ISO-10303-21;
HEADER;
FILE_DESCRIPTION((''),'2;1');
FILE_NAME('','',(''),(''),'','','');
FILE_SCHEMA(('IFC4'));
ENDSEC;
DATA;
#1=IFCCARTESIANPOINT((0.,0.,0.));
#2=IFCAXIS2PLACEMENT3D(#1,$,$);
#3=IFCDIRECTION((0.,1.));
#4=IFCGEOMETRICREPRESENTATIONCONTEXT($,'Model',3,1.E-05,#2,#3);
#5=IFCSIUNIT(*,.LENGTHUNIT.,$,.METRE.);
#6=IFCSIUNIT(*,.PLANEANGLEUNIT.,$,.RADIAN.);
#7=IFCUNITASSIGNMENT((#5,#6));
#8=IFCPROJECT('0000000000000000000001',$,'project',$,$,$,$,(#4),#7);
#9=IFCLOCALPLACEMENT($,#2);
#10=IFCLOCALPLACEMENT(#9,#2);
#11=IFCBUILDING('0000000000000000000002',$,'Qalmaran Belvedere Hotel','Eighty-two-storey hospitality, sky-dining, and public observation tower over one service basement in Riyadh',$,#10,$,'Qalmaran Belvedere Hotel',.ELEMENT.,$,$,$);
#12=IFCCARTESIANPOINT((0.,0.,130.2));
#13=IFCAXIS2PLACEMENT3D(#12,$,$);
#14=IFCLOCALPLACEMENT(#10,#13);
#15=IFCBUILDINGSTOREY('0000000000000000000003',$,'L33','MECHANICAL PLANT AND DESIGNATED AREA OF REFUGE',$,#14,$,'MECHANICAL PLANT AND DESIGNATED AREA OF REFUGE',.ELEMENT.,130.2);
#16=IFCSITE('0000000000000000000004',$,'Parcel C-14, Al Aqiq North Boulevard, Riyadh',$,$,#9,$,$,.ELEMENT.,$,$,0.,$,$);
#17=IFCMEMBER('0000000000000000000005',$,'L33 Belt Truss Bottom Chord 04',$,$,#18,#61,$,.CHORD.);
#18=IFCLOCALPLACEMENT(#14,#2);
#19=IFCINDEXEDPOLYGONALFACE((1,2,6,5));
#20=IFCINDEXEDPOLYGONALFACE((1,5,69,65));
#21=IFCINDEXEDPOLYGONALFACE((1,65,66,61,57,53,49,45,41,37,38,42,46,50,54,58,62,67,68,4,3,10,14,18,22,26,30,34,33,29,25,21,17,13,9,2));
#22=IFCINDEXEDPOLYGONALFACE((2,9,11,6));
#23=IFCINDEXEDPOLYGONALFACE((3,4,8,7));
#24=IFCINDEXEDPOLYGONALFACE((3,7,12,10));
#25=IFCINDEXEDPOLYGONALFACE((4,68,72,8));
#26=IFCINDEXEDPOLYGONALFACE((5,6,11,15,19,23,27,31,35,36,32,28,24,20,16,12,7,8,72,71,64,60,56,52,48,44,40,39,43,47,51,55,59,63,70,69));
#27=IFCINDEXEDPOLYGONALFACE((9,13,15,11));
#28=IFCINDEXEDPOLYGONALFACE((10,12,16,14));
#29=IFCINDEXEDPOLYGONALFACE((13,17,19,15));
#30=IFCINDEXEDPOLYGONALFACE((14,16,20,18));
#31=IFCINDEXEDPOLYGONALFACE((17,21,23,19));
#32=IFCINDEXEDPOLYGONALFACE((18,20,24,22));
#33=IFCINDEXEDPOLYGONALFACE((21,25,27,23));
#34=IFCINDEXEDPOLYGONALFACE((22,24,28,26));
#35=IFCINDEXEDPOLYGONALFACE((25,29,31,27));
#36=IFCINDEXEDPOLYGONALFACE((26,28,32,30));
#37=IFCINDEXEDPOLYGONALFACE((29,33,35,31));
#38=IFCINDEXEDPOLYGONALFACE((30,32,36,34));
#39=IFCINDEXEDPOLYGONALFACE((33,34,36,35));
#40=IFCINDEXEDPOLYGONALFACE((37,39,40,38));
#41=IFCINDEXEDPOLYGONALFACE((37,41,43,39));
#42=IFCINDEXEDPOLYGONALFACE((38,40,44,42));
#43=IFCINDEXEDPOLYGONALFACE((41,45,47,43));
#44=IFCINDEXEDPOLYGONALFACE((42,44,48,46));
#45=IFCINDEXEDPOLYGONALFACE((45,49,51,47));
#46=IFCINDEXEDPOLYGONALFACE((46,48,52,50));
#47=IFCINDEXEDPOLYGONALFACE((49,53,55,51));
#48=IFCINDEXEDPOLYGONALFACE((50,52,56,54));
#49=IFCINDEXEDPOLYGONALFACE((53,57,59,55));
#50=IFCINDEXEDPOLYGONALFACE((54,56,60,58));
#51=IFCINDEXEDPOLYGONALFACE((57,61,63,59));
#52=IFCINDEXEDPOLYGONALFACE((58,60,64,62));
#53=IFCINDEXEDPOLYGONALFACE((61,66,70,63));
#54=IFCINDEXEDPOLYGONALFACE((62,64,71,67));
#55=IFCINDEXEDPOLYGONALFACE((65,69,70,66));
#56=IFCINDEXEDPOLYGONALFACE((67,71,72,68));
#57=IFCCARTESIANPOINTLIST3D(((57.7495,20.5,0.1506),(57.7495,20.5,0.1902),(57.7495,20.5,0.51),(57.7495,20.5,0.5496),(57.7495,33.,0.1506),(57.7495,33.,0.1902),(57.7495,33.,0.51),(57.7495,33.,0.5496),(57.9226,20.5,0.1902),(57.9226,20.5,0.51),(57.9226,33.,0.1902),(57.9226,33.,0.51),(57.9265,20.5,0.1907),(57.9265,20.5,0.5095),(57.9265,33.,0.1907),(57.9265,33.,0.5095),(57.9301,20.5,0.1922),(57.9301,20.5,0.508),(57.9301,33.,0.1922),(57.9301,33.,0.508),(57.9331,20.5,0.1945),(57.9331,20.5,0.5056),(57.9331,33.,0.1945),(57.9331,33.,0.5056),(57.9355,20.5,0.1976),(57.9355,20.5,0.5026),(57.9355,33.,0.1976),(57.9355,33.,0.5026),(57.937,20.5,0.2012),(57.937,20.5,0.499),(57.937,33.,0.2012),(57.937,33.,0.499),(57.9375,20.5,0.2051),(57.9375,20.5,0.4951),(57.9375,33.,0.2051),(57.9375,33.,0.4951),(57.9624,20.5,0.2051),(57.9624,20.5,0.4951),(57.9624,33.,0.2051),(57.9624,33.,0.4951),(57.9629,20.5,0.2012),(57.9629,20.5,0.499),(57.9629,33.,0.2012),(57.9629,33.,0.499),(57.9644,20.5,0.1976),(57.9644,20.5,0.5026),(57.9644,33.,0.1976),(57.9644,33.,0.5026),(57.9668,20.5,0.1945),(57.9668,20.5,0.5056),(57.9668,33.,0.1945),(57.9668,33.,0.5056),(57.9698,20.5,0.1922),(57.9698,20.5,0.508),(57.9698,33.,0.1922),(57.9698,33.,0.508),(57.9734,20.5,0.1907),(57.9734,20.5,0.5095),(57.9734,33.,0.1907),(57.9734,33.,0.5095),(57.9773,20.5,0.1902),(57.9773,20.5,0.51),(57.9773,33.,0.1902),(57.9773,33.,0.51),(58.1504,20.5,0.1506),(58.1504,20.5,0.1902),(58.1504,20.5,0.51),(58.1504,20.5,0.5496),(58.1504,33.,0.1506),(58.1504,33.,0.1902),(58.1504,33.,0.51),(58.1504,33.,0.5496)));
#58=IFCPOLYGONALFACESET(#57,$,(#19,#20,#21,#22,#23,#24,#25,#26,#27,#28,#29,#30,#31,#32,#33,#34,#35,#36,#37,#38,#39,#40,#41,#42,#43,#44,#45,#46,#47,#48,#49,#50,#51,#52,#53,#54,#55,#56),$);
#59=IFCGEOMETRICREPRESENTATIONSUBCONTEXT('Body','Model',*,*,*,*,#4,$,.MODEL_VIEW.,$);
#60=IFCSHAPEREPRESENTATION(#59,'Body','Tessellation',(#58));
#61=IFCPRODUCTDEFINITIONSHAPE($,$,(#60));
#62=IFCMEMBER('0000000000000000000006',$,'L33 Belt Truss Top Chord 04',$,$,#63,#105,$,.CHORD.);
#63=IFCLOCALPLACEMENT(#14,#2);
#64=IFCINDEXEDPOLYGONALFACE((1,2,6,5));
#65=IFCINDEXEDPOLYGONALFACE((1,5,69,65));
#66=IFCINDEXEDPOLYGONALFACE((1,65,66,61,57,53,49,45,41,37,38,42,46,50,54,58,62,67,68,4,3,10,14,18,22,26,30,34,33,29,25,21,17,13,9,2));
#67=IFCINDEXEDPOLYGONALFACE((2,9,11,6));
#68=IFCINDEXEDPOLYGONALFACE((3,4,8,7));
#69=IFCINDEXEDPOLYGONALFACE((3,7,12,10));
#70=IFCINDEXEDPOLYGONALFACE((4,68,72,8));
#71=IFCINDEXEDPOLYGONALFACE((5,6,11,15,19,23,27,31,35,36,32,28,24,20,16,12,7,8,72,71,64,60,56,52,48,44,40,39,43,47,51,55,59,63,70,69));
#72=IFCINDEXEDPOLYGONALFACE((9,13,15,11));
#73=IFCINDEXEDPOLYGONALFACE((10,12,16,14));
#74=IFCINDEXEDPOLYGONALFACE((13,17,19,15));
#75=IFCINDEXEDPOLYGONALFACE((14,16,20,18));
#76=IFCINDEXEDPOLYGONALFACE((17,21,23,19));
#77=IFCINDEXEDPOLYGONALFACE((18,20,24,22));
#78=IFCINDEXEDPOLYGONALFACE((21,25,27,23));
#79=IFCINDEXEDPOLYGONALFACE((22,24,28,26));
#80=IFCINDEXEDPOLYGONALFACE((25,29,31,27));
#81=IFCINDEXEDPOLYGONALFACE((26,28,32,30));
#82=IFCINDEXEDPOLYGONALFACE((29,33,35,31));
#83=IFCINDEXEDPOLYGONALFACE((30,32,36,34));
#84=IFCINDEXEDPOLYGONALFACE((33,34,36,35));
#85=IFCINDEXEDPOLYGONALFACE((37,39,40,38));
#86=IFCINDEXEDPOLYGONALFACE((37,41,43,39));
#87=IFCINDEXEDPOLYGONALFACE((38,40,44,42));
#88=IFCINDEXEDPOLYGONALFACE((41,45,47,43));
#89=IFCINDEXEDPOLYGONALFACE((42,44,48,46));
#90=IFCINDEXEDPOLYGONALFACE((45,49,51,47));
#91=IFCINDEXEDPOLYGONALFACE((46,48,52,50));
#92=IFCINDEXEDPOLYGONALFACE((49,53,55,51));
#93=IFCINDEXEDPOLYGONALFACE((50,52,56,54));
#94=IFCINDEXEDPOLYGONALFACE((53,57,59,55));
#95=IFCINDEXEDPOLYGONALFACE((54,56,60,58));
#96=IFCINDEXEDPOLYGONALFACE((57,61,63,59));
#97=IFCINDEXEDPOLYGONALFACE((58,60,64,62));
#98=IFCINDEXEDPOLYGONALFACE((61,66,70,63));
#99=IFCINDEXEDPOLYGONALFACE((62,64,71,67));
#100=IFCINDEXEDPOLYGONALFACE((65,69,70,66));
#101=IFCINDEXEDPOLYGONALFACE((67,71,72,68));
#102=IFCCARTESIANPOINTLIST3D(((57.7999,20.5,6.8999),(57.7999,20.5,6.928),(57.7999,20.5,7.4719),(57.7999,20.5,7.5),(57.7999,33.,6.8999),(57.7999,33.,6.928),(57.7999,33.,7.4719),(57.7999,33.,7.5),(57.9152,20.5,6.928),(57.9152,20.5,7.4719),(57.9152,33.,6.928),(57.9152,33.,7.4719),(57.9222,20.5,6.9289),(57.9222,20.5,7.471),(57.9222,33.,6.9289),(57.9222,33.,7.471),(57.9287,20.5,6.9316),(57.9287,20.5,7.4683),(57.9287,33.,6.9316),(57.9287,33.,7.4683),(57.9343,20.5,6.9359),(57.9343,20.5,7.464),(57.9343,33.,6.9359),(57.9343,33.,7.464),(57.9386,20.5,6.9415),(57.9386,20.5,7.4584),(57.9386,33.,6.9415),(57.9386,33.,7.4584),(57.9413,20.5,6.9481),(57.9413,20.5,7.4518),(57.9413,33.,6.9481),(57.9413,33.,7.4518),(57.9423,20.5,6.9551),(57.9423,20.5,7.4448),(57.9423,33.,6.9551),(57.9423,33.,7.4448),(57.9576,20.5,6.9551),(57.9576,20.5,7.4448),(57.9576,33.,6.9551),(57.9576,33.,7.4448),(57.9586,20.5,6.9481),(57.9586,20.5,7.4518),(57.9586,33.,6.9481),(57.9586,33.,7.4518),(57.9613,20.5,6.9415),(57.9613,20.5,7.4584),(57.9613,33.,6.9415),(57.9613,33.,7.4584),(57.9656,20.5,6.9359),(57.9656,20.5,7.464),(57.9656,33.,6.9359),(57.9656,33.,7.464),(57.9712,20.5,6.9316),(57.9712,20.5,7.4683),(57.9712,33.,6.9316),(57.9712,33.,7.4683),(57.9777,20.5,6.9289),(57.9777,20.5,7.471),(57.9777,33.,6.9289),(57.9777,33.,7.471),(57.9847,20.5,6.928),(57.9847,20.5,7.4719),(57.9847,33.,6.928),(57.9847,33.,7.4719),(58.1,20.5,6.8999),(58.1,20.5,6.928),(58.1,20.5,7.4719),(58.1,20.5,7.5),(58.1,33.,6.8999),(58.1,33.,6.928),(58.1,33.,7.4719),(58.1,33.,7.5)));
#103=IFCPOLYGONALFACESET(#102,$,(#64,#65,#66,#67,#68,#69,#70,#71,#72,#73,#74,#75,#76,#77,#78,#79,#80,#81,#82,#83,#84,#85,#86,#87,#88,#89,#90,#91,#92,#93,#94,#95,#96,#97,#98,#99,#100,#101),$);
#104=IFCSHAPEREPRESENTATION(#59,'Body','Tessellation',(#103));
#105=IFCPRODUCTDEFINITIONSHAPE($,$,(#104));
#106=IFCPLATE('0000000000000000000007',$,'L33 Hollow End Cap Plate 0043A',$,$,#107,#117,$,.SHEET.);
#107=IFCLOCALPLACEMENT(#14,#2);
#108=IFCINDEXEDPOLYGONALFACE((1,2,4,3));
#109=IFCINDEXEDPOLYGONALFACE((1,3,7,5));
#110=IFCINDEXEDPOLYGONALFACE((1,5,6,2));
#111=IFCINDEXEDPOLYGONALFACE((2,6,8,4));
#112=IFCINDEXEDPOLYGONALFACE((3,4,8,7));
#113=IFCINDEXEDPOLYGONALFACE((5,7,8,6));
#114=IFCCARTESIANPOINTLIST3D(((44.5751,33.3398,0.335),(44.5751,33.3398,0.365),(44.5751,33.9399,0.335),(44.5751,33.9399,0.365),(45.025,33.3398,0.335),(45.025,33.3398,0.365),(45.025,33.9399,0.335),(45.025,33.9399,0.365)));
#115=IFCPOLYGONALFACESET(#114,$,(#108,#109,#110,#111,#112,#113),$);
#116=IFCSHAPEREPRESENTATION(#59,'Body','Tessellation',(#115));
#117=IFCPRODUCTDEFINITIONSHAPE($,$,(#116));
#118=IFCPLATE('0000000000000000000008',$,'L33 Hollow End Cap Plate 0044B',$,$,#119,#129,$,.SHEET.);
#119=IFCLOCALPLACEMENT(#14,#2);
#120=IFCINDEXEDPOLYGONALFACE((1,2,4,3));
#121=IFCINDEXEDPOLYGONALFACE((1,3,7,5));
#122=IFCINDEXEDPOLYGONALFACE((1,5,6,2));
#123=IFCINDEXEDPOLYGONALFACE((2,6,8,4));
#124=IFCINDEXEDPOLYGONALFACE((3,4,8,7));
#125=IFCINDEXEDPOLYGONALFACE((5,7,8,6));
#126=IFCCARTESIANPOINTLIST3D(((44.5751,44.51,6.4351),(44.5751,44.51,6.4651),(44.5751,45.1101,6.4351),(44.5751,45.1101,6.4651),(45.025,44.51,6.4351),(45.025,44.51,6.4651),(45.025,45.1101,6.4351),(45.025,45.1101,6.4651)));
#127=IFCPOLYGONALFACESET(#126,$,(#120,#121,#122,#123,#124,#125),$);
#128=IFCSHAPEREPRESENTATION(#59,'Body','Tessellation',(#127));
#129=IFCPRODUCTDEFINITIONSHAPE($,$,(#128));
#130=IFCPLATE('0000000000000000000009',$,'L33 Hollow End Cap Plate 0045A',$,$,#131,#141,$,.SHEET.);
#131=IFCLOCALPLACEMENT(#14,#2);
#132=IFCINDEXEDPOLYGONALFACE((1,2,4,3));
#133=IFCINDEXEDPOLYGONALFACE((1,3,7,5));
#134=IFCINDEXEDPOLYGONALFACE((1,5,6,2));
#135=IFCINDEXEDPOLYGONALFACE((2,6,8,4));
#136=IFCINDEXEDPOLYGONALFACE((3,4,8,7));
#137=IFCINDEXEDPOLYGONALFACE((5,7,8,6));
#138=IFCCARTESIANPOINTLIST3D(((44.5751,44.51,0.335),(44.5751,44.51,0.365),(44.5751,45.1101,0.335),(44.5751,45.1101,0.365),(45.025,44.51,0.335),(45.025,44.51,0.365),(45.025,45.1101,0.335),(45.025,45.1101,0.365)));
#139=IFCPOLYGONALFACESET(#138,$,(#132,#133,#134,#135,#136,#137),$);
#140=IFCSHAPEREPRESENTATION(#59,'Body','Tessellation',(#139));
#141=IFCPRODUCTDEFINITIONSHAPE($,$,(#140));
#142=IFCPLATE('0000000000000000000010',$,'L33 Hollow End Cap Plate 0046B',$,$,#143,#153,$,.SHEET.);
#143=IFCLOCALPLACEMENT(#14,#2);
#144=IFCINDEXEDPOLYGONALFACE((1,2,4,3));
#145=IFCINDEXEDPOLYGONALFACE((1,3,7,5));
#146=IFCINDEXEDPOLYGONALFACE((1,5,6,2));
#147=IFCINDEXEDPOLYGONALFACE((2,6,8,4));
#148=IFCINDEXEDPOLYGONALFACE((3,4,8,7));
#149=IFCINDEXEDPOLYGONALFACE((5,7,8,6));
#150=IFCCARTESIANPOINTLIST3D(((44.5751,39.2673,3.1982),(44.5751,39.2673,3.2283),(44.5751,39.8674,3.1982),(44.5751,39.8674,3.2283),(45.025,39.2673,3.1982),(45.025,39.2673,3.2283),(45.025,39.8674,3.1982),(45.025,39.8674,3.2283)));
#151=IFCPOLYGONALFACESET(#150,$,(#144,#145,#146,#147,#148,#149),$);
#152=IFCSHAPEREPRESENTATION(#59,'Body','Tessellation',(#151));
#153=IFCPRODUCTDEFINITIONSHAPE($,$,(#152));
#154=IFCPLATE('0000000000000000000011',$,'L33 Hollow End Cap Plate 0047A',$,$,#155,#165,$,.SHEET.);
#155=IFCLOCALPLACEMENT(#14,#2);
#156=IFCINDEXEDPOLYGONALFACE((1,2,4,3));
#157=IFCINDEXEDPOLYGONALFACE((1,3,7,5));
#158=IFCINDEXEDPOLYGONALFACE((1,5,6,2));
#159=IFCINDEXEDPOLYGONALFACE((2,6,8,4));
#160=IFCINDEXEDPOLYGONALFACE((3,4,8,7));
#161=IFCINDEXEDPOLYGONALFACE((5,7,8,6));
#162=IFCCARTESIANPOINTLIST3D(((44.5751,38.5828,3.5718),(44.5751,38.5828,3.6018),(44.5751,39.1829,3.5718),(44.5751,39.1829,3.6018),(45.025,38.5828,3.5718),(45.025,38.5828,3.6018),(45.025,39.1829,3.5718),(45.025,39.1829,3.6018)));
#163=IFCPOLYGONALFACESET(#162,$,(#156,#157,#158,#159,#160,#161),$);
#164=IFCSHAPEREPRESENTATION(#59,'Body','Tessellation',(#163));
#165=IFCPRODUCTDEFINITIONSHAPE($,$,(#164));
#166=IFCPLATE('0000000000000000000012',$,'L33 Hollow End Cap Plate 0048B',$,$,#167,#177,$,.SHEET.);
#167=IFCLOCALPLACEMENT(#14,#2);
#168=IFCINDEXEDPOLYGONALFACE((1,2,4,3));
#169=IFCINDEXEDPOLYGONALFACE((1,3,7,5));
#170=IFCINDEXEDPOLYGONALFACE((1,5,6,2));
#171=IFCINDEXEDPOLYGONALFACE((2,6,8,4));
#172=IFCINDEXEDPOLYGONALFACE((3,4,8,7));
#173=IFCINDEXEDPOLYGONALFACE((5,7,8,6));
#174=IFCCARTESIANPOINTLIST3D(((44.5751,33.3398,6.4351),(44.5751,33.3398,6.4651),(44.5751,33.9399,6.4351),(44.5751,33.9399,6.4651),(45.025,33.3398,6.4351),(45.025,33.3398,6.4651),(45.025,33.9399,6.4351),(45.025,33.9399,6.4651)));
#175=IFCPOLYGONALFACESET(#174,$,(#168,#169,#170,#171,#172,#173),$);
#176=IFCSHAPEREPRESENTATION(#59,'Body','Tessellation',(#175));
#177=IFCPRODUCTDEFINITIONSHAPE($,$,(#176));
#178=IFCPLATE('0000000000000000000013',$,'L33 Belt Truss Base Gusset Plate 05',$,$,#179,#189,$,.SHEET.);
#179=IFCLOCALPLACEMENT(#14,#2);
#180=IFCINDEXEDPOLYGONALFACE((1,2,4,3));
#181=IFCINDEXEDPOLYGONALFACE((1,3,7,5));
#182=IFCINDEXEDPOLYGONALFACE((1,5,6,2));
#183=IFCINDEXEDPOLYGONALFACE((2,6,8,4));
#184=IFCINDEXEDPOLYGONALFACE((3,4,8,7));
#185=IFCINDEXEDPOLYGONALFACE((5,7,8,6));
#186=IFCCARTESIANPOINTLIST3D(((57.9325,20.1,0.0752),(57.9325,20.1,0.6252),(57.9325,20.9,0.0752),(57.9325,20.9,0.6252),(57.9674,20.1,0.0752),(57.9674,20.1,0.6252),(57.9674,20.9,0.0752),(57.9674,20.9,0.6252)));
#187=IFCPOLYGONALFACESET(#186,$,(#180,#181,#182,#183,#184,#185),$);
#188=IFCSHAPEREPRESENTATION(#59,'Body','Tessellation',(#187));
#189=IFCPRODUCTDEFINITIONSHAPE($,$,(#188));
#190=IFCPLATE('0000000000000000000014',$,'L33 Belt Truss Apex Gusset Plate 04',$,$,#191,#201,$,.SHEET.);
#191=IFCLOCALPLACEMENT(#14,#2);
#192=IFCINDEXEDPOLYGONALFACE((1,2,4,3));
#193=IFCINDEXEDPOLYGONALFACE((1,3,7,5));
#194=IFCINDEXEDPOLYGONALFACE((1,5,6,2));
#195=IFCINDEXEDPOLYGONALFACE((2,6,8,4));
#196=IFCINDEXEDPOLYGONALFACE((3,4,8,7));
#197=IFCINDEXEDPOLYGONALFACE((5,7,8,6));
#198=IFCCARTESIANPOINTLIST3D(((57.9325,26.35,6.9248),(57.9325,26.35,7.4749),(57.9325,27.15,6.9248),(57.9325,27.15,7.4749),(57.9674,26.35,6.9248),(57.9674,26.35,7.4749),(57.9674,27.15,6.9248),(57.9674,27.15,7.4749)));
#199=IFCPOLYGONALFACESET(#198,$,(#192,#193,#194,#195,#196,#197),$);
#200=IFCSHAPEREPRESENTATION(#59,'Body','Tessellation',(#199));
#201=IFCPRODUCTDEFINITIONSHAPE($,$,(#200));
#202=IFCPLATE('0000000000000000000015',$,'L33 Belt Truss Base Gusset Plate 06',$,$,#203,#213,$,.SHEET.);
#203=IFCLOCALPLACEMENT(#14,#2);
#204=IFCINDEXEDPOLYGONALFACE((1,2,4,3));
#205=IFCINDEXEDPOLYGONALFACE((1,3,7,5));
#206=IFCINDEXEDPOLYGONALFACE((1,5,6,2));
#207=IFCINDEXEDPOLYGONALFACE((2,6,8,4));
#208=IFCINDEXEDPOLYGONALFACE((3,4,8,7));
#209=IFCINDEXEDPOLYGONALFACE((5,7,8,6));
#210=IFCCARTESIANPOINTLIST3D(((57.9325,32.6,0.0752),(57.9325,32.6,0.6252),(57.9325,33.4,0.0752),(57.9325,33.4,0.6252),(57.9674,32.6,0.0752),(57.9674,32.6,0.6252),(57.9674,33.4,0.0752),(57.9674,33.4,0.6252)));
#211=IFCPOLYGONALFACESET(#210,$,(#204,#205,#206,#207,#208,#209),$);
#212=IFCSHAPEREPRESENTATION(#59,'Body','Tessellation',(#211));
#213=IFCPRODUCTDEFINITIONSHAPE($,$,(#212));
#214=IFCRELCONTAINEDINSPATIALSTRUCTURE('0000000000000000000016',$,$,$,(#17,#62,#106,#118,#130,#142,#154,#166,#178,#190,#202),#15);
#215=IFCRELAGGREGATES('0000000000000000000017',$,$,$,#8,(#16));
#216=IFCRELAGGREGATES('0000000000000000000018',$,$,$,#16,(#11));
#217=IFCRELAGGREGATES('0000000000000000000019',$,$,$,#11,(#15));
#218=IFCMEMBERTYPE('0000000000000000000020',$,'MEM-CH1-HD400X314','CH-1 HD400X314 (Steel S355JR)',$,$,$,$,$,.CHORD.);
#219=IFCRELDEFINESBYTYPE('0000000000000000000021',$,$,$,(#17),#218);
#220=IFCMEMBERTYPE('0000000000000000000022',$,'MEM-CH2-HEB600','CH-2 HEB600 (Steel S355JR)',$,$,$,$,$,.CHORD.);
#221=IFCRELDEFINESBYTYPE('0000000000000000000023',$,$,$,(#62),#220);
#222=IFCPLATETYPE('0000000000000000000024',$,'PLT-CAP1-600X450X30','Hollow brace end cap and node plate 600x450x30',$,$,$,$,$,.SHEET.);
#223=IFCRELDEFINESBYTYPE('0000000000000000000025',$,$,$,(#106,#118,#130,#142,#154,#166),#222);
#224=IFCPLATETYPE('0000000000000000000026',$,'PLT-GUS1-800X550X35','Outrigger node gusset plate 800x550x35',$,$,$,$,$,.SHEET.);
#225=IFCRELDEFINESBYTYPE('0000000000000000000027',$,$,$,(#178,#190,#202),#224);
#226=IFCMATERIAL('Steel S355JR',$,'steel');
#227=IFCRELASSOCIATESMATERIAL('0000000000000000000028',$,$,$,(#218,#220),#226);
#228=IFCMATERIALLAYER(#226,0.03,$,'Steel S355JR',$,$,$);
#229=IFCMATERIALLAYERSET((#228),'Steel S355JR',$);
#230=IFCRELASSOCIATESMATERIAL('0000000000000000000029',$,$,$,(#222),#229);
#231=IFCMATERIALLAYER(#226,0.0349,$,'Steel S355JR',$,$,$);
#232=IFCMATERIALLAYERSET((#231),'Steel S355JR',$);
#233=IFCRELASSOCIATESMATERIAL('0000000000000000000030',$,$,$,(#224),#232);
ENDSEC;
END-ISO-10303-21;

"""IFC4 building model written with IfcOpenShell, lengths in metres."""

from ifc_helpers import new_model, si_unit, direction, frame, origin, origin_2d, place, context, subcontext, project, spatial, rectangle, i_section, extrude, material, layer, layer_set, material_profile, profile_set, type_object, element, save


model = new_model("IFC4")

# Units and contexts
model_context = context("Model", 3, precision=1e-05, world=origin(), true_north=direction((0.0, 1.0)))
body_context = subcontext(model_context, "Body", "Model", "MODEL_VIEW")
ifc_project = project(units=[si_unit("LENGTHUNIT", "METRE"), si_unit("PLANEANGLEUNIT", "RADIAN")], contexts=[model_context])

# Site, building, storey
site_placement = place(None, origin())
site = spatial("IfcSite", under=ifc_project, at=site_placement, Name="Parcel C-14, Al Aqiq North Boulevard, Riyadh", CompositionType="ELEMENT", RefElevation=0.0)
building_placement = place(site_placement, origin())
building = spatial("IfcBuilding", under=site, at=building_placement, Name="Qalmaran Belvedere Hotel", Description="Eighty-two-storey hospitality, sky-dining, and public observation tower over one service basement in Riyadh", LongName="Qalmaran Belvedere Hotel", CompositionType="ELEMENT")
storey_placement = place(building_placement, frame((0.0, 0.0, 130.2)))
storey = spatial("IfcBuildingStorey", under=building, at=storey_placement, Name="L33", Description="MECHANICAL PLANT AND DESIGNATED AREA OF REFUGE", LongName="MECHANICAL PLANT AND DESIGNATED AREA OF REFUGE", CompositionType="ELEMENT", Elevation=130.2)

# Shared definitions
ifc_material_1 = material(Name="Steel S355JR", Category="steel")

# Members
ifc_material_profile_1 = material_profile(ifc_material_1, i_section(OverallWidth=0.4009, OverallDepth=0.3989, WebThickness=0.0249, FlangeThickness=0.0396, FilletRadius=0.0149, at=origin_2d()), Name="HD400X314")
ifc_profile_set_1 = profile_set([ifc_material_profile_1], Name="Steel S355JR")
member_type_1 = type_object("IfcMemberType", Name="MEM-CH1-HD400X314", Description="CH-1 HD400X314 (Steel S355JR)", PredefinedType="CHORD", material=ifc_profile_set_1)
member_1_placement = place(storey_placement, frame((57.95, 20.5, 0.3501), z_axis=(0.0, 1.0, 0.0), x_axis=(-1.0, 0.0, 0.0)))
element("IfcMember", 1, at=member_1_placement, inside=storey, type_object=member_type_1, Name="L33 Belt Truss Bottom Chord 04", PredefinedType="CHORD", context=body_context, shape_type="SweptSolid", body=[
    extrude(i_section(OverallWidth=0.4009, OverallDepth=0.3989, WebThickness=0.0249, FlangeThickness=0.0396, FilletRadius=0.0149, at=origin_2d()), origin(), (0.0, 0.0, 1.0), 12.5),
])
ifc_material_profile_2 = material_profile(ifc_material_1, i_section(OverallWidth=0.3, OverallDepth=0.6001, WebThickness=0.0154, FlangeThickness=0.0281, FilletRadius=0.0271, at=origin_2d()), Name="HEB600")
ifc_profile_set_2 = profile_set([ifc_material_profile_2], Name="Steel S355JR")
member_type_2 = type_object("IfcMemberType", Name="MEM-CH2-HEB600", Description="CH-2 HEB600 (Steel S355JR)", PredefinedType="CHORD", material=ifc_profile_set_2)
member_2_placement = place(storey_placement, frame((57.95, 20.5, 7.2), z_axis=(0.0, 1.0, 0.0), x_axis=(-1.0, 0.0, 0.0)))
element("IfcMember", 2, at=member_2_placement, inside=storey, type_object=member_type_2, Name="L33 Belt Truss Top Chord 04", PredefinedType="CHORD", context=body_context, shape_type="SweptSolid", body=[
    extrude(i_section(OverallWidth=0.3, OverallDepth=0.6001, WebThickness=0.0154, FlangeThickness=0.0281, FilletRadius=0.0271, at=origin_2d()), origin(), (0.0, 0.0, 1.0), 12.5),
])

# Plates
ifc_layer_1 = layer(ifc_material_1, 0.03, Name="Steel S355JR")
ifc_layer_set_1 = layer_set([ifc_layer_1], Name="Steel S355JR")
plate_type_1 = type_object("IfcPlateType", Name="PLT-CAP1-600X450X30", Description="Hollow brace end cap and node plate 600x450x30", PredefinedType="SHEET", material=ifc_layer_set_1)
for number, where, z_axis, x_axis, name in (
    (3, (44.8, 33.6399, 0.335), (0.0, 0.0, 1.0), (0.0, 1.0, 0.0), "L33 Hollow End Cap Plate 0043A"),
    (4, (44.8, 44.8101, 6.4351), (0.0, 0.0, 1.0), (0.0, 1.0, 0.0), "L33 Hollow End Cap Plate 0044B"),
    (5, (44.8, 44.8101, 0.335), (0.0, 0.0, 1.0), (0.0, -1.0, 0.0), "L33 Hollow End Cap Plate 0045A"),
    (6, (44.8, 39.5674, 3.1982), (0.0, 0.0, 1.0), (0.0, -1.0, 0.0), "L33 Hollow End Cap Plate 0046B"),
    (7, (44.8, 38.8828, 3.5718), (0.0, 0.0, 1.0), (0.0, -1.0, 0.0), "L33 Hollow End Cap Plate 0047A"),
    (8, (44.8, 33.6399, 6.4351), (0.0, 0.0, 1.0), (0.0, -1.0, 0.0), "L33 Hollow End Cap Plate 0048B"),
):
    element("IfcPlate", number, at=place(storey_placement, frame(where, z_axis=z_axis, x_axis=x_axis)), inside=storey, type_object=plate_type_1, Name=name, PredefinedType="SHEET", context=body_context, shape_type="SweptSolid", body=[
        extrude(rectangle(XDim=0.6001, YDim=0.45, at=origin_2d()), origin(), (0.0, 0.0, 1.0), 0.03),
    ])
ifc_layer_2 = layer(ifc_material_1, 0.0349, Name="Steel S355JR")
ifc_layer_set_2 = layer_set([ifc_layer_2], Name="Steel S355JR")
plate_type_2 = type_object("IfcPlateType", Name="PLT-GUS1-800X550X35", Description="Outrigger node gusset plate 800x550x35", PredefinedType="SHEET", material=ifc_layer_set_2)
for number, where, z_axis, x_axis, name in (
    (9, (57.95, 20.5, 0.0752), (0.0, 0.0, 1.0), (0.0, 1.0, 0.0), "L33 Belt Truss Base Gusset Plate 05"),
    (10, (57.95, 26.75, 6.9248), (0.0, 0.0, 1.0), (0.0, 1.0, 0.0), "L33 Belt Truss Apex Gusset Plate 04"),
    (11, (57.95, 33.0, 0.0752), (0.0, 0.0, 1.0), (0.0, 1.0, 0.0), "L33 Belt Truss Base Gusset Plate 06"),
):
    element("IfcPlate", number, at=place(storey_placement, frame(where, z_axis=z_axis, x_axis=x_axis)), inside=storey, type_object=plate_type_2, Name=name, PredefinedType="SHEET", context=body_context, shape_type="SweptSolid", body=[
        extrude(rectangle(XDim=0.8, YDim=0.0349, at=origin_2d()), origin(), (0.0, 0.0, 1.0), 0.55),
    ])

save(model, "model.ifc")
